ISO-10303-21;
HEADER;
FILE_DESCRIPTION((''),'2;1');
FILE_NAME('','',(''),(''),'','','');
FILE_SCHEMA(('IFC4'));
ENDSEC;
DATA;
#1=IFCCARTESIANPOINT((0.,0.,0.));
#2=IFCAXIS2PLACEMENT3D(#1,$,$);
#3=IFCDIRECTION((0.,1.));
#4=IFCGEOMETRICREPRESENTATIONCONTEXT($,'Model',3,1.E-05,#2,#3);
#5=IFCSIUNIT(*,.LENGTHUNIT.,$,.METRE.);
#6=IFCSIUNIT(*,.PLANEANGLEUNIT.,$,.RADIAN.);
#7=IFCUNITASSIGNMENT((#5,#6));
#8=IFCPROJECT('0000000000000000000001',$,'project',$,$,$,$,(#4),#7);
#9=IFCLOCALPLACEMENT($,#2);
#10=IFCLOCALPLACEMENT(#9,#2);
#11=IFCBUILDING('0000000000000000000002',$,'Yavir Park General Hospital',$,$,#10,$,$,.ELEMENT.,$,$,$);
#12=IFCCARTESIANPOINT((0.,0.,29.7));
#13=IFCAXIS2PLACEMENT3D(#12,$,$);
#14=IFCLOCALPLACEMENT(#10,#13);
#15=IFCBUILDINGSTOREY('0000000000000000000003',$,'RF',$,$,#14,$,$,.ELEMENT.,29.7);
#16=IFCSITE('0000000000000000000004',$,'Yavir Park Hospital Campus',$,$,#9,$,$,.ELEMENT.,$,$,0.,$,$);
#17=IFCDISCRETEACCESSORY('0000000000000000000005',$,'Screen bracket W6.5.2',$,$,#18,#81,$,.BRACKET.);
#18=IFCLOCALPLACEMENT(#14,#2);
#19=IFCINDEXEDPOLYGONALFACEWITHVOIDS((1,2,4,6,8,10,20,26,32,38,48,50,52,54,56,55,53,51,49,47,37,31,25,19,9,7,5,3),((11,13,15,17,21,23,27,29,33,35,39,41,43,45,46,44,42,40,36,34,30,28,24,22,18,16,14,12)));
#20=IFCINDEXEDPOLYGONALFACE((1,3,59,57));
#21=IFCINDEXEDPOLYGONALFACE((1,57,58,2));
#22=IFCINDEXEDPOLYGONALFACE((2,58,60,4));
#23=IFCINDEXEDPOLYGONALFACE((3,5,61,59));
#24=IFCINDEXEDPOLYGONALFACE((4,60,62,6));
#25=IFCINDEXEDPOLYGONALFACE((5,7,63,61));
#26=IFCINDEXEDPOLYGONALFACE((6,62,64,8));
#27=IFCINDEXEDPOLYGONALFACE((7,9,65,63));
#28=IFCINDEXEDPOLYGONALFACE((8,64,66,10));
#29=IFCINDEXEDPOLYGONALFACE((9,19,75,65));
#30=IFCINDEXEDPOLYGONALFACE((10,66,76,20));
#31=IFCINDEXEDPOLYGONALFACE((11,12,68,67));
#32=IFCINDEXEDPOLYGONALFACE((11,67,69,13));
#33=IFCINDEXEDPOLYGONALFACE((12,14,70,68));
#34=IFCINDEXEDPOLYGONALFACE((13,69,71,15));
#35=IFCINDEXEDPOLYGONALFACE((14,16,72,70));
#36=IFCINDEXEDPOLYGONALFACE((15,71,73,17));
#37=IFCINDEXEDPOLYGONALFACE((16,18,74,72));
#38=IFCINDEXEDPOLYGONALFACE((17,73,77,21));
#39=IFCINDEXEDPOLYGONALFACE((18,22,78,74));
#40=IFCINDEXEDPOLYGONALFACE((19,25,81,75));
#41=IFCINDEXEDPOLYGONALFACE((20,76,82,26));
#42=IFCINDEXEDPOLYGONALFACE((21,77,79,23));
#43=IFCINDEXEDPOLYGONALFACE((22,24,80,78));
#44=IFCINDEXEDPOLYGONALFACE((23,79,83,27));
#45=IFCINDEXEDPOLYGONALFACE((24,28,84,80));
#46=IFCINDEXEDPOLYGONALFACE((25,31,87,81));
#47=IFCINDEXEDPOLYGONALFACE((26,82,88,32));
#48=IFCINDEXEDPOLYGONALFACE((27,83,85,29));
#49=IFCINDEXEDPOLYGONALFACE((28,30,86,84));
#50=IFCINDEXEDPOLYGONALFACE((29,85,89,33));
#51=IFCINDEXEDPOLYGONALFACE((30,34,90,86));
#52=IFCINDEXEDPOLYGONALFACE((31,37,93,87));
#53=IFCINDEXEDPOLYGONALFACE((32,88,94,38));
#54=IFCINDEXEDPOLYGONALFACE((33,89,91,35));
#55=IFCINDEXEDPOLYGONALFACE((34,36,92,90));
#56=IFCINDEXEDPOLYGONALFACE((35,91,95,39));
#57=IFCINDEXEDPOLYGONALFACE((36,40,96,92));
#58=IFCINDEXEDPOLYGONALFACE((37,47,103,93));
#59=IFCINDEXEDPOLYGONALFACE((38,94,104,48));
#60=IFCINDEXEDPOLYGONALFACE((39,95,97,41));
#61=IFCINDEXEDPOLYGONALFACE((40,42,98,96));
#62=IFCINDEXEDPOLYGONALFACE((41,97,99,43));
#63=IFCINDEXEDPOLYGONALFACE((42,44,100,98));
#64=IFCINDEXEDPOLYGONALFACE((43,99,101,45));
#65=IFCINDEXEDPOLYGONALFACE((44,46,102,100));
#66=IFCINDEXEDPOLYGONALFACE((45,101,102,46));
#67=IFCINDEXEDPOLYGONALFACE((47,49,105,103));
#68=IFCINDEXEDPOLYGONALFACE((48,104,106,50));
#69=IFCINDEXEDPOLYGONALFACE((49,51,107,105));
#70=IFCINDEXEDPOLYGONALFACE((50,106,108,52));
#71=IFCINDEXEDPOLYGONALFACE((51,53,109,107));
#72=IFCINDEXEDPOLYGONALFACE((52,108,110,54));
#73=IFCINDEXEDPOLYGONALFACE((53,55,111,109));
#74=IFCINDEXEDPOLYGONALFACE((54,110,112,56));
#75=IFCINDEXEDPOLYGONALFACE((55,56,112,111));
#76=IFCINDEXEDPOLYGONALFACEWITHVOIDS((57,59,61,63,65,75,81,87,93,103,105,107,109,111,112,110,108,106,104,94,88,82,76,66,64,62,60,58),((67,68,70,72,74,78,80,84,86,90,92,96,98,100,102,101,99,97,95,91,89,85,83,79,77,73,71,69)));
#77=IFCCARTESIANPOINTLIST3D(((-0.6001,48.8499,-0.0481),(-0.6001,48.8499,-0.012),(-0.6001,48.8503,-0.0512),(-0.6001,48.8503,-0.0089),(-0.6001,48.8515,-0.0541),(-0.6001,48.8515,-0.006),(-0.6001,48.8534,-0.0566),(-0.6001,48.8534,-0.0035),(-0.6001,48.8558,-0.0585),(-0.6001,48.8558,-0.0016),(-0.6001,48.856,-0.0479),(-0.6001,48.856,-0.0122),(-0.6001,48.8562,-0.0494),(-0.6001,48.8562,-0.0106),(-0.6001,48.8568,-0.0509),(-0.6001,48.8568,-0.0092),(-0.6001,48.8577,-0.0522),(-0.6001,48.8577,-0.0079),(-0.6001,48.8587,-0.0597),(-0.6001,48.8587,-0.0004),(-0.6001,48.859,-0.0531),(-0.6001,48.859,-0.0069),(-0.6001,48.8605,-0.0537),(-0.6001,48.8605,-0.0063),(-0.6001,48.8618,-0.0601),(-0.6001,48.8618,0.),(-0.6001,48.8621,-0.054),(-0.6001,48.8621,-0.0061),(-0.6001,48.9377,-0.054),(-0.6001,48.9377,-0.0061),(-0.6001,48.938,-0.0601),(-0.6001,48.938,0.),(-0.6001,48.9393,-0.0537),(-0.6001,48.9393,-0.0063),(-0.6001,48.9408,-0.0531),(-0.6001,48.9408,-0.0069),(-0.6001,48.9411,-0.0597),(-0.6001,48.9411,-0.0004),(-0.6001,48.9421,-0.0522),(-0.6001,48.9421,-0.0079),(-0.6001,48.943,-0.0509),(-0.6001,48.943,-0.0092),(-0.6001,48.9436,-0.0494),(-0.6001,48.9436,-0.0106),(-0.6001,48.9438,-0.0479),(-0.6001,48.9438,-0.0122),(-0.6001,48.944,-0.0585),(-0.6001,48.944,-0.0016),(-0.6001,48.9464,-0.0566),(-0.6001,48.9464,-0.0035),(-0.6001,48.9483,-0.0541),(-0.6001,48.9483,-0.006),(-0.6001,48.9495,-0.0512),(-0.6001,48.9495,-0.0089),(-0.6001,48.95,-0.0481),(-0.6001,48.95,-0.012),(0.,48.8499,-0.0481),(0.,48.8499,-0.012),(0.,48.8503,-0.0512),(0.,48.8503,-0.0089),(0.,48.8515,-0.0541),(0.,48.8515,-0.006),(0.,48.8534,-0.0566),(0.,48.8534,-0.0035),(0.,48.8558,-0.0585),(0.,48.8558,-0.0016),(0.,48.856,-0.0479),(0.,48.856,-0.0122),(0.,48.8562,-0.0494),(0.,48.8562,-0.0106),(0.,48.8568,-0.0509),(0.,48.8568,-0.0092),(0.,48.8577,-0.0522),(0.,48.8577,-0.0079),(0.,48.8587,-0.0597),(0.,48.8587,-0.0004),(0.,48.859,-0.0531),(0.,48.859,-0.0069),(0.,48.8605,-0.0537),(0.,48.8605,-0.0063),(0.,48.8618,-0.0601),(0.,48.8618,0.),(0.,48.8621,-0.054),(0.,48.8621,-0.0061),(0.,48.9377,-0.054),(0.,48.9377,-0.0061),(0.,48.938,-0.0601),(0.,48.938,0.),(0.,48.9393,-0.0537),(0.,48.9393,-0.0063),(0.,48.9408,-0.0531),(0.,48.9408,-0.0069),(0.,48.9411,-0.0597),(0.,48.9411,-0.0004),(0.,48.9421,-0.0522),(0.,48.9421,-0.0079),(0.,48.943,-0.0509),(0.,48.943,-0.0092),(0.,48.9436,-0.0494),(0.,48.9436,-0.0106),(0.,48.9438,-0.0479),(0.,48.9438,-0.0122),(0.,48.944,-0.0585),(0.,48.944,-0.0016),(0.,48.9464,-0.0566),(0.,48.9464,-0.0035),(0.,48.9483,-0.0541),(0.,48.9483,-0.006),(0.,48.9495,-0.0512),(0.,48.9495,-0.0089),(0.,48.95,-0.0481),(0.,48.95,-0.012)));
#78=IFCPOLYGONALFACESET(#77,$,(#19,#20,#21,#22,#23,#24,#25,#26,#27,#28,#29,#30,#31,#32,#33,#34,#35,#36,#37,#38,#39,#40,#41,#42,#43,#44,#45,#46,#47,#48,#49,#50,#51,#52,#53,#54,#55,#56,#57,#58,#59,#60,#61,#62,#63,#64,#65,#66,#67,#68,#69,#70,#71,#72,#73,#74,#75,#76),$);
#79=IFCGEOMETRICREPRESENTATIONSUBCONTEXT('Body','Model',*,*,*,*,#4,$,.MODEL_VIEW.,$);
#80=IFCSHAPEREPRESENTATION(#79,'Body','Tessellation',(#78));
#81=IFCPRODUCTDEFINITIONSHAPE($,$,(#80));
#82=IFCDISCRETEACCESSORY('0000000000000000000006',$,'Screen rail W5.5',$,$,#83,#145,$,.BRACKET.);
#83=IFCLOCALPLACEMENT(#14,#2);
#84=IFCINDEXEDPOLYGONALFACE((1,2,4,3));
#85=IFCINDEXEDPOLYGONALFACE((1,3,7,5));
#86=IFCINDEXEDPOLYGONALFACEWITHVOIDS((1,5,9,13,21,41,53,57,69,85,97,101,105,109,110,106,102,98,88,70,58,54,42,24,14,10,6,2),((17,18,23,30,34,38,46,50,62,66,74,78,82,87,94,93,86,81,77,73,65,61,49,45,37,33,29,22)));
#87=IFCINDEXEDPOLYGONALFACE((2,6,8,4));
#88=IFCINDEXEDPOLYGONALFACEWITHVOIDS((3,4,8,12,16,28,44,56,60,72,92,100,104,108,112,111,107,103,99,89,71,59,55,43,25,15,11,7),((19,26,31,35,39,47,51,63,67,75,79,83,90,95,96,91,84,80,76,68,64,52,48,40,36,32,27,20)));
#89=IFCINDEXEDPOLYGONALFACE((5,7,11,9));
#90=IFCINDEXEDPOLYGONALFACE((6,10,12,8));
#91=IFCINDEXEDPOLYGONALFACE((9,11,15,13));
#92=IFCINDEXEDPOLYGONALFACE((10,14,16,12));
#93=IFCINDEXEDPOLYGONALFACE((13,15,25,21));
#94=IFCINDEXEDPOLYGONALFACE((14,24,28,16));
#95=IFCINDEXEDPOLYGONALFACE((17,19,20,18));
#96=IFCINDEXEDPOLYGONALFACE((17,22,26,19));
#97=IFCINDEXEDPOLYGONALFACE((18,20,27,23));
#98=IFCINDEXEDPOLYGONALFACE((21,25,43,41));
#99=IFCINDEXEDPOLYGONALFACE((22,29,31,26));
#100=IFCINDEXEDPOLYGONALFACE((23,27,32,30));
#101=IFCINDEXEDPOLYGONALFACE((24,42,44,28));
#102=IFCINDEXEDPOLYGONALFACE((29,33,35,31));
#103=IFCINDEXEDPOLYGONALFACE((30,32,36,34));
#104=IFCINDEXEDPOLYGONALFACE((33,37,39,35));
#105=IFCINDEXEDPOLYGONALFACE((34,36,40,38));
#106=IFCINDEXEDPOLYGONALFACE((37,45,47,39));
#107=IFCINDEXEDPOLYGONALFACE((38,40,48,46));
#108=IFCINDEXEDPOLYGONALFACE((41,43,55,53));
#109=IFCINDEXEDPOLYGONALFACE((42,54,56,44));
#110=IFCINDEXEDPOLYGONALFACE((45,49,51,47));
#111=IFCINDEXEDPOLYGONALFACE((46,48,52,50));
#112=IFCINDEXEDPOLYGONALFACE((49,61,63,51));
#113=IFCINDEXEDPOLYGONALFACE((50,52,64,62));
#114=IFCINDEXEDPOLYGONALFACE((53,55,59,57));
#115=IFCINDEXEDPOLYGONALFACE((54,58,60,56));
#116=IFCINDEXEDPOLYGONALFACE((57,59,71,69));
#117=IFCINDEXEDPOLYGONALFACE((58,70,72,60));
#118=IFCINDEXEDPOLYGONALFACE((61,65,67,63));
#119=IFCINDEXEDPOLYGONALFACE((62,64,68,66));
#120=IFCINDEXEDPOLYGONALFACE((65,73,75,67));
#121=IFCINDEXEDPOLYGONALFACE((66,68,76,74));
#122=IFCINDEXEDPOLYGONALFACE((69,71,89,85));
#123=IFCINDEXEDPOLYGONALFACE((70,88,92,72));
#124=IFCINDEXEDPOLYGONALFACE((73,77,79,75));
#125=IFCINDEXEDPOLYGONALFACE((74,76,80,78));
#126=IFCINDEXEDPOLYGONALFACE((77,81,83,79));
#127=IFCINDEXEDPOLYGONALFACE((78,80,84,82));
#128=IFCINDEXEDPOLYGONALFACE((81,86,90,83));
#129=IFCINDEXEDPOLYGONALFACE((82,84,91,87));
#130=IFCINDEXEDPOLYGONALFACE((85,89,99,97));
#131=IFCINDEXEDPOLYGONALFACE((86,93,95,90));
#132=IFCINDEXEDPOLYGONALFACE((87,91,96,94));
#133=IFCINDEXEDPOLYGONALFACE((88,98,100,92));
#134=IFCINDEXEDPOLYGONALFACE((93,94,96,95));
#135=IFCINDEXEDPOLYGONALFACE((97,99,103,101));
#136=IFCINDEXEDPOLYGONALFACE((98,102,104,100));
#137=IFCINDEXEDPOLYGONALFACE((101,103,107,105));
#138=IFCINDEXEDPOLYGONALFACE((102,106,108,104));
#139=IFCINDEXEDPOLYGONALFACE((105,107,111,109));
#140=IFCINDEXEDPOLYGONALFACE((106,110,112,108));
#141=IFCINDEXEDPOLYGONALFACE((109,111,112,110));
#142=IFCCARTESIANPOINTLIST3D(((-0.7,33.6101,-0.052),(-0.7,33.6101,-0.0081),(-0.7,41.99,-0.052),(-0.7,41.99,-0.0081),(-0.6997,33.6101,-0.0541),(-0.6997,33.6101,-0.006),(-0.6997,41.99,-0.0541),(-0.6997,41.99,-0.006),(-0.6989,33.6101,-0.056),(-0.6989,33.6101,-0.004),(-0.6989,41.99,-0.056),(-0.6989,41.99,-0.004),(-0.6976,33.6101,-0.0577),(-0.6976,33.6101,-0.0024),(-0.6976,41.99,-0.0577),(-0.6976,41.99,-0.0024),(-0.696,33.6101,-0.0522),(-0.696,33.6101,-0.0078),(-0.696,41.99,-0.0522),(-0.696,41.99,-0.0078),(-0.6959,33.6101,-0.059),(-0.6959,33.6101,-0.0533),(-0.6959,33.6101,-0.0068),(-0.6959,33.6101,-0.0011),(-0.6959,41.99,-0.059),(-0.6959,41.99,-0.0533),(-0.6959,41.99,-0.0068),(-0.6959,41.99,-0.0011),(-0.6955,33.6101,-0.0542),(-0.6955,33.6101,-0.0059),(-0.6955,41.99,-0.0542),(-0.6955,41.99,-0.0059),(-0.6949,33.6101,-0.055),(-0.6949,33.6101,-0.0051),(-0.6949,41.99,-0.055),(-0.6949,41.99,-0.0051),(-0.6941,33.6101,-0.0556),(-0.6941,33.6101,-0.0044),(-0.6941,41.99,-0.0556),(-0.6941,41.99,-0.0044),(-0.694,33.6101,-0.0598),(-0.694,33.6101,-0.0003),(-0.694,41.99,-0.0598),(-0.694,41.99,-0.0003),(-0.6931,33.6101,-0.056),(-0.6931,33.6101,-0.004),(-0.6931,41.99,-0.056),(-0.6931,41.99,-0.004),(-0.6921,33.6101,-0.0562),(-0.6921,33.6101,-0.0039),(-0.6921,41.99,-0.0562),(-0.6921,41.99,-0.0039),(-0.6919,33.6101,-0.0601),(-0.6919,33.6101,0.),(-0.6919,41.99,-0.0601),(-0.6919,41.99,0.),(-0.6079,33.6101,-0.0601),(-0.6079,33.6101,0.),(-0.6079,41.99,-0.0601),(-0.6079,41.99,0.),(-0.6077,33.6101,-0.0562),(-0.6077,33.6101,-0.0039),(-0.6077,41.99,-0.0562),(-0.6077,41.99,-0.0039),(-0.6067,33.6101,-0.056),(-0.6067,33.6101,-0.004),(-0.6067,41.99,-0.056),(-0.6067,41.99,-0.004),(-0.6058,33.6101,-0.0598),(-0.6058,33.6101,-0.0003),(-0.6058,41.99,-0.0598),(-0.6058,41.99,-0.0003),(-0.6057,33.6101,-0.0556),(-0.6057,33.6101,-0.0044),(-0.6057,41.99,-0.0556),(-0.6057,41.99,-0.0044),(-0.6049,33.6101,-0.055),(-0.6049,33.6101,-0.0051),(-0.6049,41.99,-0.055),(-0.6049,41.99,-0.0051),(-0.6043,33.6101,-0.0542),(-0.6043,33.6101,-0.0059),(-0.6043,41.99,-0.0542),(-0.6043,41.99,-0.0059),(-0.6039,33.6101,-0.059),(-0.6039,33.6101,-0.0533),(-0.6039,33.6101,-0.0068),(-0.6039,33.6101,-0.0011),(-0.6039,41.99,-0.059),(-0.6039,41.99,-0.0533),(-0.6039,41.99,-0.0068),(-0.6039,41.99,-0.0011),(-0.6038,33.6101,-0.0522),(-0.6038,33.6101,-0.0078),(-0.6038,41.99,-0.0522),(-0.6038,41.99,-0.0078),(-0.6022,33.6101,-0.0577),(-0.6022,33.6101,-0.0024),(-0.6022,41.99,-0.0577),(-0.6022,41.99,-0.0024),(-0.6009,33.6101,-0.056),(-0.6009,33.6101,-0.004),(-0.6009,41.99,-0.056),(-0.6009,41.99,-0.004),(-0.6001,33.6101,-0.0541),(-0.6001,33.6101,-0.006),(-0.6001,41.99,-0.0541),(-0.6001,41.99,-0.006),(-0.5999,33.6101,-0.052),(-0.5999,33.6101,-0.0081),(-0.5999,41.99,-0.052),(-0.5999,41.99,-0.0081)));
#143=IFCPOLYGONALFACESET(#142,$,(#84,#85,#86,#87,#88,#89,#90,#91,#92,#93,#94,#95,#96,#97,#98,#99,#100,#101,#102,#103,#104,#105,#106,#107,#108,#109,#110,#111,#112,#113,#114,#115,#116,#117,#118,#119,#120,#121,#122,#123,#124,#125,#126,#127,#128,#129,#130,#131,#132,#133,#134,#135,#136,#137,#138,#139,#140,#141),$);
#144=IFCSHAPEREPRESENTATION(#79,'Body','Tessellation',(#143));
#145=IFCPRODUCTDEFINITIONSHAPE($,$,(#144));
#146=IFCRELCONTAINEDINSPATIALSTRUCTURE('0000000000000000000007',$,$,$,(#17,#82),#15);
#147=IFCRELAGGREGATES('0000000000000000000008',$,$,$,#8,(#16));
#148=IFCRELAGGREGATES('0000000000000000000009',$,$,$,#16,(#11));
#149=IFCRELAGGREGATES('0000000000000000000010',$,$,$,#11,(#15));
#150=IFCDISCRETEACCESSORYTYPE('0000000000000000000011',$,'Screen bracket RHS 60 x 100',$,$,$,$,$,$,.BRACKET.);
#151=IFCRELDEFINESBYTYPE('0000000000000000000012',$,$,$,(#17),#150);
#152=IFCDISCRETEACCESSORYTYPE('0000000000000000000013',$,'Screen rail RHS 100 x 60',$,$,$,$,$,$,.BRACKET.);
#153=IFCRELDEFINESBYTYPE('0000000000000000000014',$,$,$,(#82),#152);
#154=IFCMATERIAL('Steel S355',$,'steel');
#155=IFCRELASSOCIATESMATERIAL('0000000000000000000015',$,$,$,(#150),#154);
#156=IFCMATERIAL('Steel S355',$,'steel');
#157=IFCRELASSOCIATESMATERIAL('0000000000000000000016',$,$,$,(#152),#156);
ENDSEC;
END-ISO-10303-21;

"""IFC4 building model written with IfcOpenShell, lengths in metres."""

from ifc_helpers import new_model, si_unit, direction, frame, origin, origin_2d, place, context, subcontext, project, spatial, hollow_rectangle, extrude, material, material_profile, profile_set, type_object, element, save


model = new_model("IFC4")

# Units and contexts
model_context = context("Model", 3, precision=1e-05, world=origin(), true_north=direction((0.0, 1.0)))
body_context = subcontext(model_context, "Body", "Model", "MODEL_VIEW")
ifc_project = project(units=[si_unit("LENGTHUNIT", "METRE"), si_unit("PLANEANGLEUNIT", "RADIAN")], contexts=[model_context])

# Site, building, storey
site_placement = place(None, origin())
site = spatial("IfcSite", under=ifc_project, at=site_placement, Name="Yavir Park Hospital Campus", CompositionType="ELEMENT", RefElevation=0.0)
building_placement = place(site_placement, origin())
building = spatial("IfcBuilding", under=site, at=building_placement, Name="Yavir Park General Hospital", CompositionType="ELEMENT")
storey_placement = place(building_placement, frame((0.0, 0.0, 29.7)))
storey = spatial("IfcBuildingStorey", under=building, at=storey_placement, Name="RF", CompositionType="ELEMENT", Elevation=29.7)

# Discrete accessories
ifc_material_1 = material(Name="Steel S355", Category="steel")
ifc_material_profile_1 = material_profile(ifc_material_1, hollow_rectangle(XDim=0.1001, YDim=0.0601, WallThickness=0.0061, InnerFilletRadius=0.0061, OuterFilletRadius=0.012, at=origin_2d()), Name="RHS60x100x6")
ifc_profile_set_1 = profile_set([ifc_material_profile_1], Name="Steel S355")
discrete_accessory_type_1 = type_object("IfcDiscreteAccessoryType", Name="Screen bracket RHS 60 x 100", PredefinedType="BRACKET", material=ifc_profile_set_1)
for number, where, z_axis, x_axis, name in (
    (1, (0.0, 48.8999, -0.03), (-1.0, 0.0, 0.0), (0.0, -1.0, 0.0), "Screen bracket W6.5.2"),
):
    element("IfcDiscreteAccessory", number, at=place(storey_placement, frame(where, z_axis=z_axis, x_axis=x_axis)), inside=storey, type_object=discrete_accessory_type_1, Name=name, PredefinedType="BRACKET", context=body_context, shape_type="SweptSolid", body=[
        extrude(hollow_rectangle(XDim=0.1001, YDim=0.0601, WallThickness=0.0061, InnerFilletRadius=0.0061, OuterFilletRadius=0.012, at=origin_2d()), origin(), (0.0, 0.0, 1.0), 0.6001),
    ])
ifc_material_2 = material(Name="Steel S355", Category="steel")
ifc_material_profile_2 = material_profile(ifc_material_2, hollow_rectangle(XDim=0.1001, YDim=0.0601, WallThickness=0.0039, InnerFilletRadius=0.0039, OuterFilletRadius=0.0081, at=origin_2d()), Name="RHS60x100x4")
ifc_profile_set_2 = profile_set([ifc_material_profile_2], Name="Steel S355")
discrete_accessory_type_2 = type_object("IfcDiscreteAccessoryType", Name="Screen rail RHS 100 x 60", PredefinedType="BRACKET", material=ifc_profile_set_2)
for number, where, z_axis, x_axis, name in (
    (2, (-0.6499, 33.6101, -0.03), (0.0, 1.0, 0.0), (-1.0, 0.0, 0.0), "Screen rail W5.5"),
):
    element("IfcDiscreteAccessory", number, at=place(storey_placement, frame(where, z_axis=z_axis, x_axis=x_axis)), inside=storey, type_object=discrete_accessory_type_2, Name=name, PredefinedType="BRACKET", context=body_context, shape_type="SweptSolid", body=[
        extrude(hollow_rectangle(XDim=0.1001, YDim=0.0601, WallThickness=0.0039, InnerFilletRadius=0.0039, OuterFilletRadius=0.0081, at=origin_2d()), origin(), (0.0, 0.0, 1.0), 8.3799),
    ])

save(model, "model.ifc")
